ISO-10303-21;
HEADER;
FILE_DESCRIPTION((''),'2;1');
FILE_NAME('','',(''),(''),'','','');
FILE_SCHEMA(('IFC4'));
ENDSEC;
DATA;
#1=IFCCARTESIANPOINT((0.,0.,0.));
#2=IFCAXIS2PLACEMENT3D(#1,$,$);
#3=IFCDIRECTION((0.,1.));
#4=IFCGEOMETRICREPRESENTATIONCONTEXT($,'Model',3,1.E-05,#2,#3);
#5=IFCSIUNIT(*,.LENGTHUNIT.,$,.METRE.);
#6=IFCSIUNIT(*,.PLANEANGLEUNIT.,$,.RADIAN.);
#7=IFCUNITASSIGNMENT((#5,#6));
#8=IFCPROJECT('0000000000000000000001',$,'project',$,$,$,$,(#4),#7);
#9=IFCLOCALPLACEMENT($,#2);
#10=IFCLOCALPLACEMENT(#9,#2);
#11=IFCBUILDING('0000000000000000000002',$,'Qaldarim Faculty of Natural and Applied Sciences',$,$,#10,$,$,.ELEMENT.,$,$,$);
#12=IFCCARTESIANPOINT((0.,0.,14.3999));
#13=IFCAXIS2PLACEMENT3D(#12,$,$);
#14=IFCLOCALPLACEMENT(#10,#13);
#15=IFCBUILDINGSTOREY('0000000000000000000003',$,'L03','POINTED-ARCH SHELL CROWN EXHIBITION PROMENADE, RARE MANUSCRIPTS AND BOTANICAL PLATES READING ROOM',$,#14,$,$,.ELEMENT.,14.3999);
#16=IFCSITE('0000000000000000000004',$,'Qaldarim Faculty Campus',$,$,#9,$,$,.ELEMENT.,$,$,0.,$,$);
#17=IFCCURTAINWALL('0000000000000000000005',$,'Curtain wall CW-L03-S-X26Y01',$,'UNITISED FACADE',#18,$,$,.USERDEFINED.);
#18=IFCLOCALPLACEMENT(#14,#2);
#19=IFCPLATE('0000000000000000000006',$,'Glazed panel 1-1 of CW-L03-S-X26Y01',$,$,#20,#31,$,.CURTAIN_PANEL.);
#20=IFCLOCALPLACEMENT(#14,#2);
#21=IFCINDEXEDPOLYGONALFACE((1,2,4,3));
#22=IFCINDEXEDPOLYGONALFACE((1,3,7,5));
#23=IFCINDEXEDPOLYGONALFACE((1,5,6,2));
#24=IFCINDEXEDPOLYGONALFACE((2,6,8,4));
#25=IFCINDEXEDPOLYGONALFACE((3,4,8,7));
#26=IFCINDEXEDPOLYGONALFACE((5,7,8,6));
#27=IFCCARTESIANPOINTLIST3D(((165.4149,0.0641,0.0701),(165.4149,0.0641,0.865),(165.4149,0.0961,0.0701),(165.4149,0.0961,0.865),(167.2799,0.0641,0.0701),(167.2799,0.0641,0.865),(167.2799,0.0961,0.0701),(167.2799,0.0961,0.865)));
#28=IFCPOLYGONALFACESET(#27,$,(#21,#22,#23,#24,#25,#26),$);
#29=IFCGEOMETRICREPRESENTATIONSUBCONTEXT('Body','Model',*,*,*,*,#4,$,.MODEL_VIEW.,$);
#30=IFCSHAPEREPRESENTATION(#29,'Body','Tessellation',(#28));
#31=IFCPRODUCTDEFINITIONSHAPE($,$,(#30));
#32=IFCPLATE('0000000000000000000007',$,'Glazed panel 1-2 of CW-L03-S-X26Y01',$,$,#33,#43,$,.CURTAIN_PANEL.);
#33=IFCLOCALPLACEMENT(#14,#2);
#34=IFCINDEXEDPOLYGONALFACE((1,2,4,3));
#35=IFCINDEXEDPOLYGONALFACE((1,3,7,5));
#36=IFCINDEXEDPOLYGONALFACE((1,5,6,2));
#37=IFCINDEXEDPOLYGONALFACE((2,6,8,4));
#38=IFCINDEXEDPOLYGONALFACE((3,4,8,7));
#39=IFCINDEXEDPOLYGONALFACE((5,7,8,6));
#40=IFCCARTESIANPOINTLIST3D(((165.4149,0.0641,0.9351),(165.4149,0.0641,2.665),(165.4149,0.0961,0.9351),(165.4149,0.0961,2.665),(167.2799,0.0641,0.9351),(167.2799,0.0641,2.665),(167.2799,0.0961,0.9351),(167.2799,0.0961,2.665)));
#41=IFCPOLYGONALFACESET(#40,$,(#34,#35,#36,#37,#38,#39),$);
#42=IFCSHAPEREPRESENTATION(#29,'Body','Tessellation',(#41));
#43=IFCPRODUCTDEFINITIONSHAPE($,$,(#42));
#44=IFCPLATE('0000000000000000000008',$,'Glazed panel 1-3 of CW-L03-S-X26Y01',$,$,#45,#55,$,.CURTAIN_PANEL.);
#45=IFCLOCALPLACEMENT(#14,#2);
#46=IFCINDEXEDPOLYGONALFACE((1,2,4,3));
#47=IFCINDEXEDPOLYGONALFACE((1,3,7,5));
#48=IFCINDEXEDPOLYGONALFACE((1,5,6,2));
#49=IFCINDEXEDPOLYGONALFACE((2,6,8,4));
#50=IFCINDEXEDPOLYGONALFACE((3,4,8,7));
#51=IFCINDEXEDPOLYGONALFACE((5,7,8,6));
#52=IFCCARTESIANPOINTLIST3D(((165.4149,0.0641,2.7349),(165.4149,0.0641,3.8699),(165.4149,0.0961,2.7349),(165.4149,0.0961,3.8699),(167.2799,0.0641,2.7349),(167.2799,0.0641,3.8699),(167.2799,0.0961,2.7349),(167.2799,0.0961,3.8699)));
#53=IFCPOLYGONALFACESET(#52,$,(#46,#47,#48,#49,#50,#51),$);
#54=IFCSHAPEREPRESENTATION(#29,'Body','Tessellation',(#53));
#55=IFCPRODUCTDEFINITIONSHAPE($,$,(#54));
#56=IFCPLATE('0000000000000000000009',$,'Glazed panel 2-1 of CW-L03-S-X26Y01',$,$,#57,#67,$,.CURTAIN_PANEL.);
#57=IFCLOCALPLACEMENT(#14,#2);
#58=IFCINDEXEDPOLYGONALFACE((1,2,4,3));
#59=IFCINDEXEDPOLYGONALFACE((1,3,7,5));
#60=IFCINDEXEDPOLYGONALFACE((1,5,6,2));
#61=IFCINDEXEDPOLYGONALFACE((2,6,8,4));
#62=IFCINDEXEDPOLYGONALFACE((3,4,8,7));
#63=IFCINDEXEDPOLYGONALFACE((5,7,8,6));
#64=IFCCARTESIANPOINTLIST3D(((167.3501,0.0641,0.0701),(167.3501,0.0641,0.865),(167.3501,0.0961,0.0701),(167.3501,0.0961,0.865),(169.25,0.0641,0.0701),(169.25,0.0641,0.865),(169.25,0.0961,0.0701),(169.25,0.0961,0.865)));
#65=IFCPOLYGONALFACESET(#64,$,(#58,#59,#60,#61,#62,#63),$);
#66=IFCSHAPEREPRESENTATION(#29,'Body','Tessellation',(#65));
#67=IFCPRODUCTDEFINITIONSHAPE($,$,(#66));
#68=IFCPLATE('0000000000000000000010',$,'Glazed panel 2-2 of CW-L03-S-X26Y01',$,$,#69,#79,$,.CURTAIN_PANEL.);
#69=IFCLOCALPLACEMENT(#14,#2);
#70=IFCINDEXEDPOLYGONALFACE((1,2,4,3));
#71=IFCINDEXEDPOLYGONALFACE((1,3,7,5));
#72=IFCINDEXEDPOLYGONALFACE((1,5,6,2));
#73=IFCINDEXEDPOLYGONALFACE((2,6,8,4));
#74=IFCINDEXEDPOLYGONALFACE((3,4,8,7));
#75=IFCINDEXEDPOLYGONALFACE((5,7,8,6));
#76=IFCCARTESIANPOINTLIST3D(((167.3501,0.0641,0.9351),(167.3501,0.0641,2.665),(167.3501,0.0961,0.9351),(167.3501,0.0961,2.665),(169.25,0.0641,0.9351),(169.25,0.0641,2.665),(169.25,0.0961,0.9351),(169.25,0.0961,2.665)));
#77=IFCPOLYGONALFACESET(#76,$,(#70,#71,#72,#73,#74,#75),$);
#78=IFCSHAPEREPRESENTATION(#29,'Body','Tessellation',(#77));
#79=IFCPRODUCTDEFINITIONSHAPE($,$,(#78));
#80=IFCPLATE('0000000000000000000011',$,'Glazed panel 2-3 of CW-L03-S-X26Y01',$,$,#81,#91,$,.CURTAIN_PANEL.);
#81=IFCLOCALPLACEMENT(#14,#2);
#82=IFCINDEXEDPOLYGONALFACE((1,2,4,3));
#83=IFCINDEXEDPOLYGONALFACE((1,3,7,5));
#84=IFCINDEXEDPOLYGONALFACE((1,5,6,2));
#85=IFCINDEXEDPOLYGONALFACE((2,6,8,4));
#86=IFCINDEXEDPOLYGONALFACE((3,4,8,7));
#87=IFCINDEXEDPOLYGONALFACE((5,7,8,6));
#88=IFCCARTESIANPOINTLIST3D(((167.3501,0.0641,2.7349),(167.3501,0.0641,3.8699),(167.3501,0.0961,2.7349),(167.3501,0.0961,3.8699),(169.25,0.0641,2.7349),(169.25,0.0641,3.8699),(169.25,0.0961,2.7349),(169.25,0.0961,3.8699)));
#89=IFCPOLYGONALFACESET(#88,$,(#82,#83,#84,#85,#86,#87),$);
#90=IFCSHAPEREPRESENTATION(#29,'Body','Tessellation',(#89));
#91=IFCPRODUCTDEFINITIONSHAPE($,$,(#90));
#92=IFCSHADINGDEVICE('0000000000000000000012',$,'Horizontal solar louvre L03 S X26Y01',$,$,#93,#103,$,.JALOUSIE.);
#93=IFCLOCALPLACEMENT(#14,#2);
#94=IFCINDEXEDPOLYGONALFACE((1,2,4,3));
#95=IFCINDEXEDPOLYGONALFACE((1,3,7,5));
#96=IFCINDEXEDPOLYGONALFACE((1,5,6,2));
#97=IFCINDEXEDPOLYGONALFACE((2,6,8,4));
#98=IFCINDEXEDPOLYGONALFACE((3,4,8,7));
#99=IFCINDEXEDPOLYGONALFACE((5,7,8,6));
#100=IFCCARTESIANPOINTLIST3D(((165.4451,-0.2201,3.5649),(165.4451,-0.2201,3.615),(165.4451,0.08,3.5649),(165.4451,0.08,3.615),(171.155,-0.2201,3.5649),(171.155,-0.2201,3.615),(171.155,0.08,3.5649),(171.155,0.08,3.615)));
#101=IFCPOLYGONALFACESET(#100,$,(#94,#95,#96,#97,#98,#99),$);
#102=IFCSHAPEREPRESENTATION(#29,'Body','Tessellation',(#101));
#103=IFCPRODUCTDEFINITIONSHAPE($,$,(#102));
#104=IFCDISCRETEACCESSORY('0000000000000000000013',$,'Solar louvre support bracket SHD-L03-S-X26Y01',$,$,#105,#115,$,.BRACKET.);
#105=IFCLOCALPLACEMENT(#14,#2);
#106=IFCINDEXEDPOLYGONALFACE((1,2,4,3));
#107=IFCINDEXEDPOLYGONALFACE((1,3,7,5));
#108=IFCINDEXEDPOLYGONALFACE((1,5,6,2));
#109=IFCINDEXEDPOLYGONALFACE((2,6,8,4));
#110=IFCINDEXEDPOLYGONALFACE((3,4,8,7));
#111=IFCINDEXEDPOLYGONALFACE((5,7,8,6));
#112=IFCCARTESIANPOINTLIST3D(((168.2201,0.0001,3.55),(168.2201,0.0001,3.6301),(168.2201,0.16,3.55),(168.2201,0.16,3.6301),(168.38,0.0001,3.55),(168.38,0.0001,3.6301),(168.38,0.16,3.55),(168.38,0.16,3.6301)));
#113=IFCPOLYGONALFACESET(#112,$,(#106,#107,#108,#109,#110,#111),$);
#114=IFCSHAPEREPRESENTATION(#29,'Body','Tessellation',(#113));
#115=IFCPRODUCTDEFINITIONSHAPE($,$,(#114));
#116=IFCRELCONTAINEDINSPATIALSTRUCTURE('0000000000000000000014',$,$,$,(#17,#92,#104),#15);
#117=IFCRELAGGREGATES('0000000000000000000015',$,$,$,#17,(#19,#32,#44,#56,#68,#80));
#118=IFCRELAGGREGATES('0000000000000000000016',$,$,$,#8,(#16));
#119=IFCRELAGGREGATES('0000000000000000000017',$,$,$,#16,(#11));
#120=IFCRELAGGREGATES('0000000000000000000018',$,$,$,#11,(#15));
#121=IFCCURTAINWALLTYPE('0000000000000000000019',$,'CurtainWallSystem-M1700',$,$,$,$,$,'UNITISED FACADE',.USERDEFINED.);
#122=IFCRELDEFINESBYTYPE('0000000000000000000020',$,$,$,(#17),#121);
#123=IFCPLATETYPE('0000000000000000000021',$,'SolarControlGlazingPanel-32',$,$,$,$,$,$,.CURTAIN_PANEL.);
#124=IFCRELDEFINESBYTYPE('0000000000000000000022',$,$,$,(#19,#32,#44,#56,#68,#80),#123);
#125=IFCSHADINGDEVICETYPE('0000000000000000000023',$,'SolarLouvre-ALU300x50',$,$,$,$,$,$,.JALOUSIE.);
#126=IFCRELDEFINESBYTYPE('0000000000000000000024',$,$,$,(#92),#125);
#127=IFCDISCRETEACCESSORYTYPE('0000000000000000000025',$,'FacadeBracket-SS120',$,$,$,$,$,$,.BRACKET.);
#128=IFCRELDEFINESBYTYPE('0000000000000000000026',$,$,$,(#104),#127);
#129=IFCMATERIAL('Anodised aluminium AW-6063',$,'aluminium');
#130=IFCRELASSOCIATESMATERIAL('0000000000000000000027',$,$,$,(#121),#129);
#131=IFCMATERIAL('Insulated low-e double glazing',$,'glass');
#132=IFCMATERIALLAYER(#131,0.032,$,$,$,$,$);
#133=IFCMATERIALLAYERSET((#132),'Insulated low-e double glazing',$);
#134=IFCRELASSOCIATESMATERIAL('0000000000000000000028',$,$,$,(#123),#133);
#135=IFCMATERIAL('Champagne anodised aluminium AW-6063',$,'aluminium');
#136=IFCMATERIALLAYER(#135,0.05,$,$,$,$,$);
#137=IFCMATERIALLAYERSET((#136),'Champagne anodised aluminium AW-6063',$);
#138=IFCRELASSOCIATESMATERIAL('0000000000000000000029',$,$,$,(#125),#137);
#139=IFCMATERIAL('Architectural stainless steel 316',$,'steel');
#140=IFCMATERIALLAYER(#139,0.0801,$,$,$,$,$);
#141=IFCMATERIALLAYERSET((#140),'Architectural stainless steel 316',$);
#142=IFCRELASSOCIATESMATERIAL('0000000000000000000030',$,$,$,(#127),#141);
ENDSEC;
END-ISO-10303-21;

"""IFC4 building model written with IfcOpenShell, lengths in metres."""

from ifc_helpers import new_model, si_unit, direction, frame, origin, origin_2d, place, context, subcontext, project, spatial, rectangle, extrude, material, layer, layer_set, type_object, element, aggregate, save


model = new_model("IFC4")

# Units and contexts
model_context = context("Model", 3, precision=1e-05, world=origin(), true_north=direction((0.0, 1.0)))
body_context = subcontext(model_context, "Body", "Model", "MODEL_VIEW")
ifc_project = project(units=[si_unit("LENGTHUNIT", "METRE"), si_unit("PLANEANGLEUNIT", "RADIAN")], contexts=[model_context])

# Site, building, storey
site_placement = place(None, origin())
site = spatial("IfcSite", under=ifc_project, at=site_placement, Name="Qaldarim Faculty Campus", CompositionType="ELEMENT", RefElevation=0.0)
building_placement = place(site_placement, origin())
building = spatial("IfcBuilding", under=site, at=building_placement, Name="Qaldarim Faculty of Natural and Applied Sciences", CompositionType="ELEMENT")
storey_placement = place(building_placement, frame((0.0, 0.0, 14.3999)))
storey = spatial("IfcBuildingStorey", under=building, at=storey_placement, Name="L03", Description="POINTED-ARCH SHELL CROWN EXHIBITION PROMENADE, RARE MANUSCRIPTS AND BOTANICAL PLATES READING ROOM", CompositionType="ELEMENT", Elevation=14.3999)

# Curtain wall, plates
ifc_material_1 = material(Name="Anodised aluminium AW-6063", Category="aluminium")
curtain_wall_type = type_object("IfcCurtainWallType", Name="CurtainWallSystem-M1700", ElementType="UNITISED FACADE", PredefinedType="USERDEFINED", material=ifc_material_1)
curtain_wall_placement = place(storey_placement, origin())
curtain_wall = element("IfcCurtainWall", 1, at=curtain_wall_placement, inside=storey, type_object=curtain_wall_type, Name="Curtain wall CW-L03-S-X26Y01", ObjectType="UNITISED FACADE", PredefinedType="USERDEFINED")
ifc_material_2 = material(Name="Insulated low-e double glazing", Category="glass")
ifc_layer_1 = layer(ifc_material_2, 0.032)
ifc_layer_set_1 = layer_set([ifc_layer_1], Name="Insulated low-e double glazing")
plate_type = type_object("IfcPlateType", Name="SolarControlGlazingPanel-32", PredefinedType="CURTAIN_PANEL", material=ifc_layer_set_1)
plate_1_placement = place(storey_placement, frame((166.3474, 0.0801, 0.0701), z_axis=(0.0, 0.0, 1.0), x_axis=(1.0, 0.0, 0.0)))
plate_1 = element("IfcPlate", 2, at=plate_1_placement, type_object=plate_type, Name="Glazed panel 1-1 of CW-L03-S-X26Y01", PredefinedType="CURTAIN_PANEL", context=body_context, shape_type="SweptSolid", body=[
    extrude(rectangle(XDim=1.865, YDim=0.032, at=origin_2d()), origin(), (0.0, 0.0, 1.0), 0.7949),
])
plate_2_placement = place(storey_placement, frame((166.3474, 0.0801, 0.9351), z_axis=(0.0, 0.0, 1.0), x_axis=(1.0, 0.0, 0.0)))
plate_2 = element("IfcPlate", 3, at=plate_2_placement, type_object=plate_type, Name="Glazed panel 1-2 of CW-L03-S-X26Y01", PredefinedType="CURTAIN_PANEL", context=body_context, shape_type="SweptSolid", body=[
    extrude(rectangle(XDim=1.865, YDim=0.032, at=origin_2d()), origin(), (0.0, 0.0, 1.0), 1.73),
])
plate_3_placement = place(storey_placement, frame((166.3474, 0.0801, 2.7349), z_axis=(0.0, 0.0, 1.0), x_axis=(1.0, 0.0, 0.0)))
plate_3 = element("IfcPlate", 4, at=plate_3_placement, type_object=plate_type, Name="Glazed panel 1-3 of CW-L03-S-X26Y01", PredefinedType="CURTAIN_PANEL", context=body_context, shape_type="SweptSolid", body=[
    extrude(rectangle(XDim=1.865, YDim=0.032, at=origin_2d()), origin(), (0.0, 0.0, 1.0), 1.135),
])
plate_4_placement = place(storey_placement, frame((168.3, 0.0801, 0.0701), z_axis=(0.0, 0.0, 1.0), x_axis=(1.0, 0.0, 0.0)))
plate_4 = element("IfcPlate", 5, at=plate_4_placement, type_object=plate_type, Name="Glazed panel 2-1 of CW-L03-S-X26Y01", PredefinedType="CURTAIN_PANEL", context=body_context, shape_type="SweptSolid", body=[
    extrude(rectangle(XDim=1.8999, YDim=0.032, at=origin_2d()), origin(), (0.0, 0.0, 1.0), 0.7949),
])
plate_5_placement = place(storey_placement, frame((168.3, 0.0801, 0.9351), z_axis=(0.0, 0.0, 1.0), x_axis=(1.0, 0.0, 0.0)))
plate_5 = element("IfcPlate", 6, at=plate_5_placement, type_object=plate_type, Name="Glazed panel 2-2 of CW-L03-S-X26Y01", PredefinedType="CURTAIN_PANEL", context=body_context, shape_type="SweptSolid", body=[
    extrude(rectangle(XDim=1.8999, YDim=0.032, at=origin_2d()), origin(), (0.0, 0.0, 1.0), 1.73),
])
plate_6_placement = place(storey_placement, frame((168.3, 0.0801, 2.7349), z_axis=(0.0, 0.0, 1.0), x_axis=(1.0, 0.0, 0.0)))
plate_6 = element("IfcPlate", 7, at=plate_6_placement, type_object=plate_type, Name="Glazed panel 2-3 of CW-L03-S-X26Y01", PredefinedType="CURTAIN_PANEL", context=body_context, shape_type="SweptSolid", body=[
    extrude(rectangle(XDim=1.8999, YDim=0.032, at=origin_2d()), origin(), (0.0, 0.0, 1.0), 1.135),
])
aggregate(curtain_wall, [plate_1, plate_2, plate_3, plate_4, plate_5, plate_6])

# Shading device
ifc_material_3 = material(Name="Champagne anodised aluminium AW-6063", Category="aluminium")
ifc_layer_2 = layer(ifc_material_3, 0.05)
ifc_layer_set_2 = layer_set([ifc_layer_2], Name="Champagne anodised aluminium AW-6063")
shading_device_type = type_object("IfcShadingDeviceType", Name="SolarLouvre-ALU300x50", PredefinedType="JALOUSIE", material=ifc_layer_set_2)
shading_device_placement = place(storey_placement, frame((168.3, -0.0701, 3.5649), z_axis=(0.0, 0.0, 1.0), x_axis=(1.0, 0.0, 0.0)))
element("IfcShadingDevice", 8, at=shading_device_placement, inside=storey, type_object=shading_device_type, Name="Horizontal solar louvre L03 S X26Y01", PredefinedType="JALOUSIE", context=body_context, shape_type="SweptSolid", body=[
    extrude(rectangle(XDim=5.71, YDim=0.3, at=origin_2d()), origin(), (0.0, 0.0, 1.0), 0.05),
])

# Discrete accessory
ifc_material_4 = material(Name="Architectural stainless steel 316", Category="steel")
ifc_layer_3 = layer(ifc_material_4, 0.0801)
ifc_layer_set_3 = layer_set([ifc_layer_3], Name="Architectural stainless steel 316")
discrete_accessory_type = type_object("IfcDiscreteAccessoryType", Name="FacadeBracket-SS120", PredefinedType="BRACKET", material=ifc_layer_set_3)
discrete_accessory_placement = place(storey_placement, frame((168.3, 0.0801, 3.55), z_axis=(0.0, 0.0, 1.0), x_axis=(1.0, 0.0, 0.0)))
element("IfcDiscreteAccessory", 9, at=discrete_accessory_placement, inside=storey, type_object=discrete_accessory_type, Name="Solar louvre support bracket SHD-L03-S-X26Y01", PredefinedType="BRACKET", context=body_context, shape_type="SweptSolid", body=[
    extrude(rectangle(XDim=0.1599, YDim=0.1599, at=origin_2d()), origin(), (0.0, 0.0, 1.0), 0.0801),
])

save(model, "model.ifc")
